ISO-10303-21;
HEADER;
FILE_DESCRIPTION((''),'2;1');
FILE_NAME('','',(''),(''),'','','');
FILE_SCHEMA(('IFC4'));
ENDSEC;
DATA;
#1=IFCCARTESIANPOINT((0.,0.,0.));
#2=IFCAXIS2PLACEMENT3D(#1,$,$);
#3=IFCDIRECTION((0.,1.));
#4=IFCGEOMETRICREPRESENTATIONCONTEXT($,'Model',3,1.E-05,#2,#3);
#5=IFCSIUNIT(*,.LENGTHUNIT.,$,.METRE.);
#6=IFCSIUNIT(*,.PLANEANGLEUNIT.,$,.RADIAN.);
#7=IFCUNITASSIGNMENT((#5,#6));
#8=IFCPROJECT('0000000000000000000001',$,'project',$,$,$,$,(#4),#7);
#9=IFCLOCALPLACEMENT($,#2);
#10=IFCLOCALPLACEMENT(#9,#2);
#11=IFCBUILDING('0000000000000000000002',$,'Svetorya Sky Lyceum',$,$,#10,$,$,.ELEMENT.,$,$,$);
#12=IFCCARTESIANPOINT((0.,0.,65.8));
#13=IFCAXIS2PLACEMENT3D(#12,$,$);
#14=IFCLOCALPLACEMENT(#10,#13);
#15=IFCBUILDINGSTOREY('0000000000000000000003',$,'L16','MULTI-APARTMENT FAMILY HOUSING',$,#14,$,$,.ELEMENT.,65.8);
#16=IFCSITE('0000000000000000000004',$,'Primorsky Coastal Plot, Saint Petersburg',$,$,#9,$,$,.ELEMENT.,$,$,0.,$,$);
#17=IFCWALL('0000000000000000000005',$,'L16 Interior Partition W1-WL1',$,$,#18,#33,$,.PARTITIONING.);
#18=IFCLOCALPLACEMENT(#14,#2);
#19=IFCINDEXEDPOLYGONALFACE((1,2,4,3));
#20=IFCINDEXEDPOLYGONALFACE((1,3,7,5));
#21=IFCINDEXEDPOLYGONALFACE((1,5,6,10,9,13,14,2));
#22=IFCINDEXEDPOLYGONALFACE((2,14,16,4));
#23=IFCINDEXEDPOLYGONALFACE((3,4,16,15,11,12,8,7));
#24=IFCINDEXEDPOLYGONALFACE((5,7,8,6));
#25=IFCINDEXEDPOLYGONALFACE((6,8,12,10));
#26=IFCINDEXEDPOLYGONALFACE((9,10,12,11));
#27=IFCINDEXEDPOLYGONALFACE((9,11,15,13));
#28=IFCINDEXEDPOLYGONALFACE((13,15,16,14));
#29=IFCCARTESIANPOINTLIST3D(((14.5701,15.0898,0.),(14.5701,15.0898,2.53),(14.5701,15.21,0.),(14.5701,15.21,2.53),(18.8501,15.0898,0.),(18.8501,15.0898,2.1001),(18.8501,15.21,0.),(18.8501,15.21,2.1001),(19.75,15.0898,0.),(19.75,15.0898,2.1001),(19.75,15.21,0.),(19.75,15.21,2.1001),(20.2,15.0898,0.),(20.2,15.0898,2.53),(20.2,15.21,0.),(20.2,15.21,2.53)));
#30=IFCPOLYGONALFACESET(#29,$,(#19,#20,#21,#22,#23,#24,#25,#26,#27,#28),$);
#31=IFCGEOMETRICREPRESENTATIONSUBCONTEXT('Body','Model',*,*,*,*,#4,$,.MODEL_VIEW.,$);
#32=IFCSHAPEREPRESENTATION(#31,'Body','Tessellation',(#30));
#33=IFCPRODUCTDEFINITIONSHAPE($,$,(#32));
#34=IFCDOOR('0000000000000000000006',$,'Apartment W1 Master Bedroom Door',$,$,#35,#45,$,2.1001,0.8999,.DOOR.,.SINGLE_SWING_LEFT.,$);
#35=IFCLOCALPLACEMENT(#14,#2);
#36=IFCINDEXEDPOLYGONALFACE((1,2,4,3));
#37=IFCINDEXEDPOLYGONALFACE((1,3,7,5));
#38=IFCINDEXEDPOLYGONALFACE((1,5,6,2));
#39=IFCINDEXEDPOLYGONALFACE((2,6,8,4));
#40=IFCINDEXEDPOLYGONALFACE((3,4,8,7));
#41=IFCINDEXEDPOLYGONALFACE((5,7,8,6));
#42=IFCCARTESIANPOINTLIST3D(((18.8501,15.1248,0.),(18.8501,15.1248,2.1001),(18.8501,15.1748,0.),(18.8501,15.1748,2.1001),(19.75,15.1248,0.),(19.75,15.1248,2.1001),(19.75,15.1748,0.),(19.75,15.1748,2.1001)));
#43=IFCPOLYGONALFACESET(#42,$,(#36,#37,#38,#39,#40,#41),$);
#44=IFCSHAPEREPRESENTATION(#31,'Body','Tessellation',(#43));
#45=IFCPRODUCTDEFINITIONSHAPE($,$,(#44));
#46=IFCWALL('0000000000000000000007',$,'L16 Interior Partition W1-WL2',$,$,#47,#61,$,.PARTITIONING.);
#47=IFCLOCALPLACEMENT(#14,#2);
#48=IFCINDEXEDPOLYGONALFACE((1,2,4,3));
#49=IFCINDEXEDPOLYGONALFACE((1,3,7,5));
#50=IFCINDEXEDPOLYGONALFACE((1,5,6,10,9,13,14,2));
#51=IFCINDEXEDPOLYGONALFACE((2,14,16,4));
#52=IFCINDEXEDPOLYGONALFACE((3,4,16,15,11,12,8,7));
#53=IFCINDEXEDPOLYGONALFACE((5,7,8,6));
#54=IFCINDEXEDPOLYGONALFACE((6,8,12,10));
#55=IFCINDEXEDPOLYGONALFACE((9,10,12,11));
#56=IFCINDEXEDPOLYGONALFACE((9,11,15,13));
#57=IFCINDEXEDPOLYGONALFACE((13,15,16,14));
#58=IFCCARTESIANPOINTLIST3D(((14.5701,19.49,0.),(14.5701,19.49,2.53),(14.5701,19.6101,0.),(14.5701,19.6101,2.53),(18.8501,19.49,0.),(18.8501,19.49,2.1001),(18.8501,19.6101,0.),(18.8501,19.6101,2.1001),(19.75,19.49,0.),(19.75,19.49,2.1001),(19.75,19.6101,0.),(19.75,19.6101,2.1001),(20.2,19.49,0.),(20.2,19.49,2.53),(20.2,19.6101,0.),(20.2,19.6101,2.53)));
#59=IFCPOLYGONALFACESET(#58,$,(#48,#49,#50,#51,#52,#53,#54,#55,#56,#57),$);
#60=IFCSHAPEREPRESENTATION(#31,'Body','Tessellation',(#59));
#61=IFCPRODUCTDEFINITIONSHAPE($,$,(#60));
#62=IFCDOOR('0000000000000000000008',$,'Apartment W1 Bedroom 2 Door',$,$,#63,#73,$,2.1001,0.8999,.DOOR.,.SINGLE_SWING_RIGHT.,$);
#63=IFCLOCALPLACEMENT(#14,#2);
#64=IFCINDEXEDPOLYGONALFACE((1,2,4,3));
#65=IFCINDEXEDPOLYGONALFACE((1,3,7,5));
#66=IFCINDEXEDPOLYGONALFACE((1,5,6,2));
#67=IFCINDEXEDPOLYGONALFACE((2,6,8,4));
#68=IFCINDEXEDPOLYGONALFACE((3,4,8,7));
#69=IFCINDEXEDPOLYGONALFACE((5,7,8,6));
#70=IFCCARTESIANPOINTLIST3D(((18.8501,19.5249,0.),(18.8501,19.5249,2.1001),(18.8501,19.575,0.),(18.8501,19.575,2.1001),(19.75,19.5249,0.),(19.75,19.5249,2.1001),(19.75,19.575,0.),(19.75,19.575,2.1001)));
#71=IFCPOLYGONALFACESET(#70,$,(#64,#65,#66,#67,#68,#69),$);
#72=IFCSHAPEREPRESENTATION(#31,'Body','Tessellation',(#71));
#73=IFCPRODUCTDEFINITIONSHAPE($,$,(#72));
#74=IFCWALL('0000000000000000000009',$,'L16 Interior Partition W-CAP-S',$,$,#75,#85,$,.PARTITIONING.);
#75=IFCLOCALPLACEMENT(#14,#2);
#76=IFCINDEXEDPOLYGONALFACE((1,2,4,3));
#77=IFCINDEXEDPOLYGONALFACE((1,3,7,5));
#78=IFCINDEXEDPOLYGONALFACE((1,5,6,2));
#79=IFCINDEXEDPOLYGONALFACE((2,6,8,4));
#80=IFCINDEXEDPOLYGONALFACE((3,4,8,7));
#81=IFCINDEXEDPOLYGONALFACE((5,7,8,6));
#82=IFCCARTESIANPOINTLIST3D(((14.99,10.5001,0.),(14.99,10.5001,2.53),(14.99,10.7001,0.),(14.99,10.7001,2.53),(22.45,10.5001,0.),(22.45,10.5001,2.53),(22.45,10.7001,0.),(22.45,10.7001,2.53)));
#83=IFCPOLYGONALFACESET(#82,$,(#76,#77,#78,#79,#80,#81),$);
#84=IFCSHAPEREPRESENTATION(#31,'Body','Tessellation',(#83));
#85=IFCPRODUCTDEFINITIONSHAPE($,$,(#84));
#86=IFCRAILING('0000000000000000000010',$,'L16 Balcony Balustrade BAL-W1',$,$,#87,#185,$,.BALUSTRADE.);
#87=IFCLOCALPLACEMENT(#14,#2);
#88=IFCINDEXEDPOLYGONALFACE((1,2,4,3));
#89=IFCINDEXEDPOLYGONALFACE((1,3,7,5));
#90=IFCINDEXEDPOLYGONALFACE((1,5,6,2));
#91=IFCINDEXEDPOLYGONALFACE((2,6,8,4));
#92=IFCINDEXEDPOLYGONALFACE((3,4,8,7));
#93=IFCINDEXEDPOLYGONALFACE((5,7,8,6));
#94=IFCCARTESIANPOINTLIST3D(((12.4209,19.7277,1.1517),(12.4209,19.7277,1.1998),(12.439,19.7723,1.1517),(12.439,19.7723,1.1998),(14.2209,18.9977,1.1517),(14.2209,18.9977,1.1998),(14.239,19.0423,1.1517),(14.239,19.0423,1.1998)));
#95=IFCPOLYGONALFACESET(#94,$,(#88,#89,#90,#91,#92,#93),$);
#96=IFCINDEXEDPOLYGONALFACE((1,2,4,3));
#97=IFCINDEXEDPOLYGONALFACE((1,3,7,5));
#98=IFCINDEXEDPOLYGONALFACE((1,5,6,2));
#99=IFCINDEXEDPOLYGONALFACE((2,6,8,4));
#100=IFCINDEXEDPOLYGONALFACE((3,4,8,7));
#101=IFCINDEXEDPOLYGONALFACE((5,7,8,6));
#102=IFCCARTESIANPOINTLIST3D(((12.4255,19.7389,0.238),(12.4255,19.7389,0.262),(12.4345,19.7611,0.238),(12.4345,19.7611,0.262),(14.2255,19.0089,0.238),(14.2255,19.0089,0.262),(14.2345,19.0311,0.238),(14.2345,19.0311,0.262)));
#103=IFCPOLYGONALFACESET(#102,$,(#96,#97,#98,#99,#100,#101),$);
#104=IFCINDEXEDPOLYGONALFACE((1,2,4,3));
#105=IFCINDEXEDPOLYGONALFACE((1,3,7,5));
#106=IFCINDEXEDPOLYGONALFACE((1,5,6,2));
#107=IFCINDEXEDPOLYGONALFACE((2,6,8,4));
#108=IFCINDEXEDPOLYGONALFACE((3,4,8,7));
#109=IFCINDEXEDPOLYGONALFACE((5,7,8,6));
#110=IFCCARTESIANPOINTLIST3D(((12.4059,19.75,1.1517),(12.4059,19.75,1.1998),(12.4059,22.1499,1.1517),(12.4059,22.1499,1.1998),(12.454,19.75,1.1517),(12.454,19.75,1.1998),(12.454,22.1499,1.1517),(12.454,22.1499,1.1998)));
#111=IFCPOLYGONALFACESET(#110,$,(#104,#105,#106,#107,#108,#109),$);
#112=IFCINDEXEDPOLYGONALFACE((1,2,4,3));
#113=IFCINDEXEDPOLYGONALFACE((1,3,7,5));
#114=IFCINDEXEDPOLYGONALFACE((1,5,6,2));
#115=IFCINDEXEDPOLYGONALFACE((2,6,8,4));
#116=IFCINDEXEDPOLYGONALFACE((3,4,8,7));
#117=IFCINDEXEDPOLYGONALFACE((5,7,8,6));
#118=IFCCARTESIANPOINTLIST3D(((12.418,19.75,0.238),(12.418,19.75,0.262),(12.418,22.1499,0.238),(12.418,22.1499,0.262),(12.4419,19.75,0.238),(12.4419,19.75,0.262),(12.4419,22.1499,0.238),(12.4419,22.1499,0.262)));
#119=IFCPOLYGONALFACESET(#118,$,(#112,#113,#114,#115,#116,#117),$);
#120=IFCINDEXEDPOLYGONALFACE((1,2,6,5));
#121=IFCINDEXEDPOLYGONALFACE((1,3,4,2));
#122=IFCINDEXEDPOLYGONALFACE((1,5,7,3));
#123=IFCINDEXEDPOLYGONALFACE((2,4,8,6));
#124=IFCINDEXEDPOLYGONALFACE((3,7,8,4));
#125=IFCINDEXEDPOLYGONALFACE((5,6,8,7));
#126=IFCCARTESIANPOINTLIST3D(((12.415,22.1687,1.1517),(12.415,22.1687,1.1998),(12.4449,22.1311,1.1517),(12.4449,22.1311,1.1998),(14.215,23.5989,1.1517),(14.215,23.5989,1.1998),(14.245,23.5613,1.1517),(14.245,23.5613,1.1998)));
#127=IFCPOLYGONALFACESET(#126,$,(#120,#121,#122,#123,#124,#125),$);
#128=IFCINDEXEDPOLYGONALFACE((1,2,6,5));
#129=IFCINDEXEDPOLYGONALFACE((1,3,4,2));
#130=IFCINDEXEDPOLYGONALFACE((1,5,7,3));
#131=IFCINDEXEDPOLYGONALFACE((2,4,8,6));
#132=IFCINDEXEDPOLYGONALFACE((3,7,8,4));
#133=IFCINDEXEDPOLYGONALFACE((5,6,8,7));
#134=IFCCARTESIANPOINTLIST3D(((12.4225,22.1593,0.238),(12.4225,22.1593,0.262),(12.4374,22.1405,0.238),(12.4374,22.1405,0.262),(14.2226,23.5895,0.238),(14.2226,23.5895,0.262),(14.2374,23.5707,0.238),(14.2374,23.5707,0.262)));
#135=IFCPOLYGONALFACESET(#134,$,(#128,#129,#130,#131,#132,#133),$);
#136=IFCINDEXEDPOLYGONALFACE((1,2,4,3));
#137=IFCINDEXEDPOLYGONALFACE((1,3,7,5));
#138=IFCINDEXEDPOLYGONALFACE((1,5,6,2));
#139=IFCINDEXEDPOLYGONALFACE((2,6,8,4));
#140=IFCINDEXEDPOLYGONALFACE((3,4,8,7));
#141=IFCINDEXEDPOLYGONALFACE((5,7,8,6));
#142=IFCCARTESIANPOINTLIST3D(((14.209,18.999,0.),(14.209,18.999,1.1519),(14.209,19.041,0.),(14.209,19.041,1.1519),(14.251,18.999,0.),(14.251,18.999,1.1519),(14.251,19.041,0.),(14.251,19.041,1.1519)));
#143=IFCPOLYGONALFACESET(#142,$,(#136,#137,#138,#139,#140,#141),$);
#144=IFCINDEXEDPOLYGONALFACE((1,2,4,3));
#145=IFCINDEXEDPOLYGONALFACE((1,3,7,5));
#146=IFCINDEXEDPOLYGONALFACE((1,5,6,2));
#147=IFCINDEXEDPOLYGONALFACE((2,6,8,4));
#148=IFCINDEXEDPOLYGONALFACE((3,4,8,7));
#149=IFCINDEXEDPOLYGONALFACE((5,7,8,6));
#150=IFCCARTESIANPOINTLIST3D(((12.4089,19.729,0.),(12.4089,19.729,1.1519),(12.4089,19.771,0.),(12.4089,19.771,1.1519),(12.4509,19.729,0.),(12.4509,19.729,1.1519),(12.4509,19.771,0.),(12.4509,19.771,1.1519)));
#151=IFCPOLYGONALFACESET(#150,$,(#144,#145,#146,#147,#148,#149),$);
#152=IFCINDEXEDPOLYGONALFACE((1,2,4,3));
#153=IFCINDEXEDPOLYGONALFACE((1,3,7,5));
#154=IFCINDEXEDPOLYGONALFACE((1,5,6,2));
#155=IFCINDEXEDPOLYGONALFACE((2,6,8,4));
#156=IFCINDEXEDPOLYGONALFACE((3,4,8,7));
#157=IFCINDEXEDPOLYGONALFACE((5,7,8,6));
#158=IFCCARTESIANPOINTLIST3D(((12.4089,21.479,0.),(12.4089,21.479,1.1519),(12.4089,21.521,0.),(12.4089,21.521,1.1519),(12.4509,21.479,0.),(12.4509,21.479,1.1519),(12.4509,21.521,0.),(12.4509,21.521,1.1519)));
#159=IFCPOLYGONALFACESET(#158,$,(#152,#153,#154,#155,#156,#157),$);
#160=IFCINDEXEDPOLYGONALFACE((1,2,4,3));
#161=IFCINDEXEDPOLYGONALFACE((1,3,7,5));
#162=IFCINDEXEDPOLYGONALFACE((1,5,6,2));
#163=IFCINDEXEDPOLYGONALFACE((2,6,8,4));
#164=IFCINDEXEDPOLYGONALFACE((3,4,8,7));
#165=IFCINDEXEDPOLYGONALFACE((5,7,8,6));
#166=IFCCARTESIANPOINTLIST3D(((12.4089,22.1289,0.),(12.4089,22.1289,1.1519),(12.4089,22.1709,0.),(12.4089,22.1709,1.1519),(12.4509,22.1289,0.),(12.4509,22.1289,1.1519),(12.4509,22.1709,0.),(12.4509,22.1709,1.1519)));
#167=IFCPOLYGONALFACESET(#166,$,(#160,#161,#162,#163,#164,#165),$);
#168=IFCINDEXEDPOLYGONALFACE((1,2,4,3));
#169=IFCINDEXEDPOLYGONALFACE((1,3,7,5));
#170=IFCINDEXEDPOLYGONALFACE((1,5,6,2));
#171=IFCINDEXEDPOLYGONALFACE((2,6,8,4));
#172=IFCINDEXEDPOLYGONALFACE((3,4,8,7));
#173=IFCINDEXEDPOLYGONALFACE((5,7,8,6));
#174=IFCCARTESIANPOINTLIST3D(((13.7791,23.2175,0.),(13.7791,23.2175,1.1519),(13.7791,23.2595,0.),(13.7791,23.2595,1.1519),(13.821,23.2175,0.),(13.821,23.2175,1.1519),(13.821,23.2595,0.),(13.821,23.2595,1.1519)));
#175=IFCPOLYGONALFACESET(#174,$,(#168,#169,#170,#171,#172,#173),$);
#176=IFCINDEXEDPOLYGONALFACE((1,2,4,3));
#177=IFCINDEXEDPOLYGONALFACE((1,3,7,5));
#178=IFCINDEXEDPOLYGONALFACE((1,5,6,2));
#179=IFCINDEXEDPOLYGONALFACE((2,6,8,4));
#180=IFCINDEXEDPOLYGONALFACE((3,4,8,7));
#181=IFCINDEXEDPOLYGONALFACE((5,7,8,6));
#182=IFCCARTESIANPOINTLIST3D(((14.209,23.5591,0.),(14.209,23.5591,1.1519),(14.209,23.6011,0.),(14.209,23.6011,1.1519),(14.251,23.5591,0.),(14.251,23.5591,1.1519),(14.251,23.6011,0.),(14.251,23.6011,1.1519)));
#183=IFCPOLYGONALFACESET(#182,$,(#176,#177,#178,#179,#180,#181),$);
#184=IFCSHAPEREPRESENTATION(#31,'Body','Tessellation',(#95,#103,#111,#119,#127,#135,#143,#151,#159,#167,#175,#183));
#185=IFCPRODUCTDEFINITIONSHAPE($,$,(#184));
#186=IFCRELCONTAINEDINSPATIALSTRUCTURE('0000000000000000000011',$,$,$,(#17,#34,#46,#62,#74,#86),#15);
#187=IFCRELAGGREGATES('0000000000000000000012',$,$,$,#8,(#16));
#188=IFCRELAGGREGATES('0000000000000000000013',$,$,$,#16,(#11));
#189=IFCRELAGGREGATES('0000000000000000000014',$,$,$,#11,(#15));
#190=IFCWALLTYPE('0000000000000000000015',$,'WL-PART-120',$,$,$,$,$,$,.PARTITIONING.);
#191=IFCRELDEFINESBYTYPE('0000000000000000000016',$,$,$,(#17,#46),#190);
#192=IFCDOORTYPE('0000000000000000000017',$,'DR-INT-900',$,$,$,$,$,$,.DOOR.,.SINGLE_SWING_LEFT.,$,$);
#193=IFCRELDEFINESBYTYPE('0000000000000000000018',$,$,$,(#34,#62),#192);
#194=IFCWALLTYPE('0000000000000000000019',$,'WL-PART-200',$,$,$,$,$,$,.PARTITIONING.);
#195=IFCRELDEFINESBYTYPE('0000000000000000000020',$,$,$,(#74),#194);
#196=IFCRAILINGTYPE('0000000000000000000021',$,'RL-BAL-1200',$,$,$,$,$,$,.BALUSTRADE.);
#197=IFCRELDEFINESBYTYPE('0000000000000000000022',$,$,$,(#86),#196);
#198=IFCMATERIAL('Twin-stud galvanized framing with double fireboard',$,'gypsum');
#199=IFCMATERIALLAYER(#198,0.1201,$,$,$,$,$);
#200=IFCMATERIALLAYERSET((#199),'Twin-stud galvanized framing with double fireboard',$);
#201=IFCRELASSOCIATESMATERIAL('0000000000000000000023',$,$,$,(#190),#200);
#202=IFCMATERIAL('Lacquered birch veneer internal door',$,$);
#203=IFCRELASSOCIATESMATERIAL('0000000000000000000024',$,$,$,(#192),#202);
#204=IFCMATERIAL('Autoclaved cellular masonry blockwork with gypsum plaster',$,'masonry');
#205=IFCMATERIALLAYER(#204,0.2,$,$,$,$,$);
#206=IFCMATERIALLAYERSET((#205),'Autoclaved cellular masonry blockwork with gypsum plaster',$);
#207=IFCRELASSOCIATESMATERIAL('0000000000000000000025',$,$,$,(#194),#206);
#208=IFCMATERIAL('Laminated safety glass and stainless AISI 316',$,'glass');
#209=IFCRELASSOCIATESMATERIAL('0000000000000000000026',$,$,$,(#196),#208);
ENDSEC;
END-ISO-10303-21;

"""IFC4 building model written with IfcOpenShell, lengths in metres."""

from ifc_helpers import new_model, si_unit, direction, frame, frame_2d, origin, origin_2d, place, context, subcontext, project, spatial, rectangle, extrude, material, layer, layer_set, type_object, element, fill, save


model = new_model("IFC4")

# Units and contexts
model_context = context("Model", 3, precision=1e-05, world=origin(), true_north=direction((0.0, 1.0)))
body_context = subcontext(model_context, "Body", "Model", "MODEL_VIEW")
ifc_project = project(units=[si_unit("LENGTHUNIT", "METRE"), si_unit("PLANEANGLEUNIT", "RADIAN")], contexts=[model_context])

# Site, building, storey
site_placement = place(None, origin())
site = spatial("IfcSite", under=ifc_project, at=site_placement, Name="Primorsky Coastal Plot, Saint Petersburg", CompositionType="ELEMENT", RefElevation=0.0)
building_placement = place(site_placement, origin())
building = spatial("IfcBuilding", under=site, at=building_placement, Name="Svetorya Sky Lyceum", CompositionType="ELEMENT")
storey_placement = place(building_placement, frame((0.0, 0.0, 65.8)))
storey = spatial("IfcBuildingStorey", under=building, at=storey_placement, Name="L16", Description="MULTI-APARTMENT FAMILY HOUSING", CompositionType="ELEMENT", Elevation=65.8)

# Walls, openings, doors
ifc_material_1 = material(Name="Twin-stud galvanized framing with double fireboard", Category="gypsum")
ifc_layer_1 = layer(ifc_material_1, 0.1201)
ifc_layer_set_1 = layer_set([ifc_layer_1], Name="Twin-stud galvanized framing with double fireboard")
wall_type_1 = type_object("IfcWallType", Name="WL-PART-120", PredefinedType="PARTITIONING", material=ifc_layer_set_1)
wall_1_placement = place(storey_placement, frame((14.5701, 15.1499, 0.0), z_axis=(0.0, 0.0, 1.0), x_axis=(1.0, 0.0, 0.0)))
wall_1 = element("IfcWall", 1, at=wall_1_placement, inside=storey, type_object=wall_type_1, Name="L16 Interior Partition W1-WL1", PredefinedType="PARTITIONING", context=body_context, shape_type="SweptSolid", body=[
    extrude(rectangle(XDim=5.6299, YDim=0.1201, at=frame_2d((2.8149, 0.0))), origin(), (0.0, 0.0, 1.0), 2.53),
])
opening_1_placement = place(wall_1_placement, frame((4.28, 0.0, 0.0)))
opening_1 = element("IfcOpeningElement", 2, at=opening_1_placement, cuts=wall_1, PredefinedType="OPENING", context=body_context, shape_type="SweptSolid", body=[
    extrude(rectangle(XDim=0.8999, YDim=2.1001, at=frame_2d((0.45, 1.05))), frame((0.0, 0.0701, 0.0), z_axis=(0.0, -1.0, 0.0), x_axis=(1.0, 0.0, 0.0)), (0.0, 0.0, 1.0), 0.1401),
])
ifc_material_2 = material(Name="Lacquered birch veneer internal door")
door_type = type_object("IfcDoorType", Name="DR-INT-900", OperationType="SINGLE_SWING_LEFT", PredefinedType="DOOR", material=ifc_material_2)
door_1_placement = place(opening_1_placement, origin())
door_1 = element("IfcDoor", 3, at=door_1_placement, inside=storey, type_object=door_type, Name="Apartment W1 Master Bedroom Door", OperationType="SINGLE_SWING_LEFT", OverallHeight=2.1001, OverallWidth=0.8999, PredefinedType="DOOR", context=body_context, shape_type="SweptSolid", body=[
    extrude(rectangle(XDim=0.8999, YDim=2.1001, at=frame_2d((0.45, 1.05))), frame((0.0, 0.0249, 0.0), z_axis=(0.0, -1.0, 0.0), x_axis=(1.0, 0.0, 0.0)), (0.0, 0.0, 1.0), 0.05),
])
fill(opening_1, door_1)
wall_2_placement = place(storey_placement, frame((14.5701, 19.55, 0.0), z_axis=(0.0, 0.0, 1.0), x_axis=(1.0, 0.0, 0.0)))
wall_2 = element("IfcWall", 4, at=wall_2_placement, inside=storey, type_object=wall_type_1, Name="L16 Interior Partition W1-WL2", PredefinedType="PARTITIONING", context=body_context, shape_type="SweptSolid", body=[
    extrude(rectangle(XDim=5.6299, YDim=0.1201, at=frame_2d((2.8149, 0.0))), origin(), (0.0, 0.0, 1.0), 2.53),
])
opening_2_placement = place(wall_2_placement, frame((4.28, 0.0, 0.0)))
opening_2 = element("IfcOpeningElement", 5, at=opening_2_placement, cuts=wall_2, PredefinedType="OPENING", context=body_context, shape_type="SweptSolid", body=[
    extrude(rectangle(XDim=0.8999, YDim=2.1001, at=frame_2d((0.45, 1.05))), frame((0.0, 0.0701, 0.0), z_axis=(0.0, -1.0, 0.0), x_axis=(1.0, 0.0, 0.0)), (0.0, 0.0, 1.0), 0.1401),
])
door_2_placement = place(opening_2_placement, origin())
door_2 = element("IfcDoor", 6, at=door_2_placement, inside=storey, type_object=door_type, Name="Apartment W1 Bedroom 2 Door", OperationType="SINGLE_SWING_RIGHT", OverallHeight=2.1001, OverallWidth=0.8999, PredefinedType="DOOR", context=body_context, shape_type="SweptSolid", body=[
    extrude(rectangle(XDim=0.8999, YDim=2.1001, at=frame_2d((0.45, 1.05))), frame((0.0, 0.0249, 0.0), z_axis=(0.0, -1.0, 0.0), x_axis=(1.0, 0.0, 0.0)), (0.0, 0.0, 1.0), 0.05),
])
fill(opening_2, door_2)

# Wall
ifc_material_3 = material(Name="Autoclaved cellular masonry blockwork with gypsum plaster", Category="masonry")
ifc_layer_2 = layer(ifc_material_3, 0.2)
ifc_layer_set_2 = layer_set([ifc_layer_2], Name="Autoclaved cellular masonry blockwork with gypsum plaster")
wall_type_2 = type_object("IfcWallType", Name="WL-PART-200", PredefinedType="PARTITIONING", material=ifc_layer_set_2)
wall_3_placement = place(storey_placement, frame((14.99, 10.6001, 0.0), z_axis=(0.0, 0.0, 1.0), x_axis=(1.0, 0.0, 0.0)))
element("IfcWall", 7, at=wall_3_placement, inside=storey, type_object=wall_type_2, Name="L16 Interior Partition W-CAP-S", PredefinedType="PARTITIONING", context=body_context, shape_type="SweptSolid", body=[
    extrude(rectangle(XDim=7.46, YDim=0.2, at=frame_2d((3.73, 0.0))), origin(), (0.0, 0.0, 1.0), 2.53),
])

# Railing
ifc_material_4 = material(Name="Laminated safety glass and stainless AISI 316", Category="glass")
railing_type = type_object("IfcRailingType", Name="RL-BAL-1200", PredefinedType="BALUSTRADE", material=ifc_material_4)
railing_placement = place(storey_placement, frame((14.23, 19.02, 0.0)))
element("IfcRailing", 8, at=railing_placement, inside=storey, type_object=railing_type, Name="L16 Balcony Balustrade BAL-W1", PredefinedType="BALUSTRADE", context=body_context, shape_type="SweptSolid", body=[
    extrude(rectangle(XDim=0.0481, YDim=0.0481, at=origin_2d()), frame((0.0, 0.0, 1.1758), z_axis=(-0.926698, 0.375807, 0.0), x_axis=(-0.375807, -0.926698, 0.0)), (0.0, 0.0, 1.0), 1.9424),
    extrude(rectangle(XDim=0.0239, YDim=0.0239, at=origin_2d()), frame((0.0, 0.0, 0.25), z_axis=(-0.926698, 0.375807, 0.0), x_axis=(-0.375807, -0.926698, 0.0)), (0.0, 0.0, 1.0), 1.9424),
    extrude(rectangle(XDim=0.0481, YDim=0.0481, at=origin_2d()), frame((-1.8, 0.73, 1.1758), z_axis=(0.0, 1.0, 0.0), x_axis=(-1.0, 0.0, 0.0)), (0.0, 0.0, 1.0), 2.3999),
    extrude(rectangle(XDim=0.0239, YDim=0.0239, at=origin_2d()), frame((-1.8, 0.73, 0.25), z_axis=(0.0, 1.0, 0.0), x_axis=(-1.0, 0.0, 0.0)), (0.0, 0.0, 1.0), 2.3999),
    extrude(rectangle(XDim=0.0481, YDim=0.0481, at=origin_2d()), frame((-1.8, 3.1299, 1.1758), z_axis=(0.782957, 0.622076, 0.0), x_axis=(-0.622076, 0.782957, 0.0)), (0.0, 0.0, 1.0), 2.2991),
    extrude(rectangle(XDim=0.0239, YDim=0.0239, at=origin_2d()), frame((-1.8, 3.1299, 0.25), z_axis=(0.782957, 0.622076, 0.0), x_axis=(-0.622076, 0.782957, 0.0)), (0.0, 0.0, 1.0), 2.2991),
    extrude(rectangle(XDim=0.042, YDim=0.042, at=origin_2d()), origin(), (0.0, 0.0, 1.0), 1.1519),
    extrude(rectangle(XDim=0.042, YDim=0.042, at=origin_2d()), frame((-1.8, 0.73, 0.0)), (0.0, 0.0, 1.0), 1.1519),
    extrude(rectangle(XDim=0.042, YDim=0.042, at=origin_2d()), frame((-1.8, 2.48, 0.0)), (0.0, 0.0, 1.0), 1.1519),
    extrude(rectangle(XDim=0.042, YDim=0.042, at=origin_2d()), frame((-1.8, 3.1299, 0.0)), (0.0, 0.0, 1.0), 1.1519),
    extrude(rectangle(XDim=0.042, YDim=0.042, at=origin_2d()), frame((-0.4299, 4.2185, 0.0)), (0.0, 0.0, 1.0), 1.1519),
    extrude(rectangle(XDim=0.042, YDim=0.042, at=origin_2d()), frame((0.0, 4.5601, 0.0)), (0.0, 0.0, 1.0), 1.1519),
])

save(model, "model.ifc")
